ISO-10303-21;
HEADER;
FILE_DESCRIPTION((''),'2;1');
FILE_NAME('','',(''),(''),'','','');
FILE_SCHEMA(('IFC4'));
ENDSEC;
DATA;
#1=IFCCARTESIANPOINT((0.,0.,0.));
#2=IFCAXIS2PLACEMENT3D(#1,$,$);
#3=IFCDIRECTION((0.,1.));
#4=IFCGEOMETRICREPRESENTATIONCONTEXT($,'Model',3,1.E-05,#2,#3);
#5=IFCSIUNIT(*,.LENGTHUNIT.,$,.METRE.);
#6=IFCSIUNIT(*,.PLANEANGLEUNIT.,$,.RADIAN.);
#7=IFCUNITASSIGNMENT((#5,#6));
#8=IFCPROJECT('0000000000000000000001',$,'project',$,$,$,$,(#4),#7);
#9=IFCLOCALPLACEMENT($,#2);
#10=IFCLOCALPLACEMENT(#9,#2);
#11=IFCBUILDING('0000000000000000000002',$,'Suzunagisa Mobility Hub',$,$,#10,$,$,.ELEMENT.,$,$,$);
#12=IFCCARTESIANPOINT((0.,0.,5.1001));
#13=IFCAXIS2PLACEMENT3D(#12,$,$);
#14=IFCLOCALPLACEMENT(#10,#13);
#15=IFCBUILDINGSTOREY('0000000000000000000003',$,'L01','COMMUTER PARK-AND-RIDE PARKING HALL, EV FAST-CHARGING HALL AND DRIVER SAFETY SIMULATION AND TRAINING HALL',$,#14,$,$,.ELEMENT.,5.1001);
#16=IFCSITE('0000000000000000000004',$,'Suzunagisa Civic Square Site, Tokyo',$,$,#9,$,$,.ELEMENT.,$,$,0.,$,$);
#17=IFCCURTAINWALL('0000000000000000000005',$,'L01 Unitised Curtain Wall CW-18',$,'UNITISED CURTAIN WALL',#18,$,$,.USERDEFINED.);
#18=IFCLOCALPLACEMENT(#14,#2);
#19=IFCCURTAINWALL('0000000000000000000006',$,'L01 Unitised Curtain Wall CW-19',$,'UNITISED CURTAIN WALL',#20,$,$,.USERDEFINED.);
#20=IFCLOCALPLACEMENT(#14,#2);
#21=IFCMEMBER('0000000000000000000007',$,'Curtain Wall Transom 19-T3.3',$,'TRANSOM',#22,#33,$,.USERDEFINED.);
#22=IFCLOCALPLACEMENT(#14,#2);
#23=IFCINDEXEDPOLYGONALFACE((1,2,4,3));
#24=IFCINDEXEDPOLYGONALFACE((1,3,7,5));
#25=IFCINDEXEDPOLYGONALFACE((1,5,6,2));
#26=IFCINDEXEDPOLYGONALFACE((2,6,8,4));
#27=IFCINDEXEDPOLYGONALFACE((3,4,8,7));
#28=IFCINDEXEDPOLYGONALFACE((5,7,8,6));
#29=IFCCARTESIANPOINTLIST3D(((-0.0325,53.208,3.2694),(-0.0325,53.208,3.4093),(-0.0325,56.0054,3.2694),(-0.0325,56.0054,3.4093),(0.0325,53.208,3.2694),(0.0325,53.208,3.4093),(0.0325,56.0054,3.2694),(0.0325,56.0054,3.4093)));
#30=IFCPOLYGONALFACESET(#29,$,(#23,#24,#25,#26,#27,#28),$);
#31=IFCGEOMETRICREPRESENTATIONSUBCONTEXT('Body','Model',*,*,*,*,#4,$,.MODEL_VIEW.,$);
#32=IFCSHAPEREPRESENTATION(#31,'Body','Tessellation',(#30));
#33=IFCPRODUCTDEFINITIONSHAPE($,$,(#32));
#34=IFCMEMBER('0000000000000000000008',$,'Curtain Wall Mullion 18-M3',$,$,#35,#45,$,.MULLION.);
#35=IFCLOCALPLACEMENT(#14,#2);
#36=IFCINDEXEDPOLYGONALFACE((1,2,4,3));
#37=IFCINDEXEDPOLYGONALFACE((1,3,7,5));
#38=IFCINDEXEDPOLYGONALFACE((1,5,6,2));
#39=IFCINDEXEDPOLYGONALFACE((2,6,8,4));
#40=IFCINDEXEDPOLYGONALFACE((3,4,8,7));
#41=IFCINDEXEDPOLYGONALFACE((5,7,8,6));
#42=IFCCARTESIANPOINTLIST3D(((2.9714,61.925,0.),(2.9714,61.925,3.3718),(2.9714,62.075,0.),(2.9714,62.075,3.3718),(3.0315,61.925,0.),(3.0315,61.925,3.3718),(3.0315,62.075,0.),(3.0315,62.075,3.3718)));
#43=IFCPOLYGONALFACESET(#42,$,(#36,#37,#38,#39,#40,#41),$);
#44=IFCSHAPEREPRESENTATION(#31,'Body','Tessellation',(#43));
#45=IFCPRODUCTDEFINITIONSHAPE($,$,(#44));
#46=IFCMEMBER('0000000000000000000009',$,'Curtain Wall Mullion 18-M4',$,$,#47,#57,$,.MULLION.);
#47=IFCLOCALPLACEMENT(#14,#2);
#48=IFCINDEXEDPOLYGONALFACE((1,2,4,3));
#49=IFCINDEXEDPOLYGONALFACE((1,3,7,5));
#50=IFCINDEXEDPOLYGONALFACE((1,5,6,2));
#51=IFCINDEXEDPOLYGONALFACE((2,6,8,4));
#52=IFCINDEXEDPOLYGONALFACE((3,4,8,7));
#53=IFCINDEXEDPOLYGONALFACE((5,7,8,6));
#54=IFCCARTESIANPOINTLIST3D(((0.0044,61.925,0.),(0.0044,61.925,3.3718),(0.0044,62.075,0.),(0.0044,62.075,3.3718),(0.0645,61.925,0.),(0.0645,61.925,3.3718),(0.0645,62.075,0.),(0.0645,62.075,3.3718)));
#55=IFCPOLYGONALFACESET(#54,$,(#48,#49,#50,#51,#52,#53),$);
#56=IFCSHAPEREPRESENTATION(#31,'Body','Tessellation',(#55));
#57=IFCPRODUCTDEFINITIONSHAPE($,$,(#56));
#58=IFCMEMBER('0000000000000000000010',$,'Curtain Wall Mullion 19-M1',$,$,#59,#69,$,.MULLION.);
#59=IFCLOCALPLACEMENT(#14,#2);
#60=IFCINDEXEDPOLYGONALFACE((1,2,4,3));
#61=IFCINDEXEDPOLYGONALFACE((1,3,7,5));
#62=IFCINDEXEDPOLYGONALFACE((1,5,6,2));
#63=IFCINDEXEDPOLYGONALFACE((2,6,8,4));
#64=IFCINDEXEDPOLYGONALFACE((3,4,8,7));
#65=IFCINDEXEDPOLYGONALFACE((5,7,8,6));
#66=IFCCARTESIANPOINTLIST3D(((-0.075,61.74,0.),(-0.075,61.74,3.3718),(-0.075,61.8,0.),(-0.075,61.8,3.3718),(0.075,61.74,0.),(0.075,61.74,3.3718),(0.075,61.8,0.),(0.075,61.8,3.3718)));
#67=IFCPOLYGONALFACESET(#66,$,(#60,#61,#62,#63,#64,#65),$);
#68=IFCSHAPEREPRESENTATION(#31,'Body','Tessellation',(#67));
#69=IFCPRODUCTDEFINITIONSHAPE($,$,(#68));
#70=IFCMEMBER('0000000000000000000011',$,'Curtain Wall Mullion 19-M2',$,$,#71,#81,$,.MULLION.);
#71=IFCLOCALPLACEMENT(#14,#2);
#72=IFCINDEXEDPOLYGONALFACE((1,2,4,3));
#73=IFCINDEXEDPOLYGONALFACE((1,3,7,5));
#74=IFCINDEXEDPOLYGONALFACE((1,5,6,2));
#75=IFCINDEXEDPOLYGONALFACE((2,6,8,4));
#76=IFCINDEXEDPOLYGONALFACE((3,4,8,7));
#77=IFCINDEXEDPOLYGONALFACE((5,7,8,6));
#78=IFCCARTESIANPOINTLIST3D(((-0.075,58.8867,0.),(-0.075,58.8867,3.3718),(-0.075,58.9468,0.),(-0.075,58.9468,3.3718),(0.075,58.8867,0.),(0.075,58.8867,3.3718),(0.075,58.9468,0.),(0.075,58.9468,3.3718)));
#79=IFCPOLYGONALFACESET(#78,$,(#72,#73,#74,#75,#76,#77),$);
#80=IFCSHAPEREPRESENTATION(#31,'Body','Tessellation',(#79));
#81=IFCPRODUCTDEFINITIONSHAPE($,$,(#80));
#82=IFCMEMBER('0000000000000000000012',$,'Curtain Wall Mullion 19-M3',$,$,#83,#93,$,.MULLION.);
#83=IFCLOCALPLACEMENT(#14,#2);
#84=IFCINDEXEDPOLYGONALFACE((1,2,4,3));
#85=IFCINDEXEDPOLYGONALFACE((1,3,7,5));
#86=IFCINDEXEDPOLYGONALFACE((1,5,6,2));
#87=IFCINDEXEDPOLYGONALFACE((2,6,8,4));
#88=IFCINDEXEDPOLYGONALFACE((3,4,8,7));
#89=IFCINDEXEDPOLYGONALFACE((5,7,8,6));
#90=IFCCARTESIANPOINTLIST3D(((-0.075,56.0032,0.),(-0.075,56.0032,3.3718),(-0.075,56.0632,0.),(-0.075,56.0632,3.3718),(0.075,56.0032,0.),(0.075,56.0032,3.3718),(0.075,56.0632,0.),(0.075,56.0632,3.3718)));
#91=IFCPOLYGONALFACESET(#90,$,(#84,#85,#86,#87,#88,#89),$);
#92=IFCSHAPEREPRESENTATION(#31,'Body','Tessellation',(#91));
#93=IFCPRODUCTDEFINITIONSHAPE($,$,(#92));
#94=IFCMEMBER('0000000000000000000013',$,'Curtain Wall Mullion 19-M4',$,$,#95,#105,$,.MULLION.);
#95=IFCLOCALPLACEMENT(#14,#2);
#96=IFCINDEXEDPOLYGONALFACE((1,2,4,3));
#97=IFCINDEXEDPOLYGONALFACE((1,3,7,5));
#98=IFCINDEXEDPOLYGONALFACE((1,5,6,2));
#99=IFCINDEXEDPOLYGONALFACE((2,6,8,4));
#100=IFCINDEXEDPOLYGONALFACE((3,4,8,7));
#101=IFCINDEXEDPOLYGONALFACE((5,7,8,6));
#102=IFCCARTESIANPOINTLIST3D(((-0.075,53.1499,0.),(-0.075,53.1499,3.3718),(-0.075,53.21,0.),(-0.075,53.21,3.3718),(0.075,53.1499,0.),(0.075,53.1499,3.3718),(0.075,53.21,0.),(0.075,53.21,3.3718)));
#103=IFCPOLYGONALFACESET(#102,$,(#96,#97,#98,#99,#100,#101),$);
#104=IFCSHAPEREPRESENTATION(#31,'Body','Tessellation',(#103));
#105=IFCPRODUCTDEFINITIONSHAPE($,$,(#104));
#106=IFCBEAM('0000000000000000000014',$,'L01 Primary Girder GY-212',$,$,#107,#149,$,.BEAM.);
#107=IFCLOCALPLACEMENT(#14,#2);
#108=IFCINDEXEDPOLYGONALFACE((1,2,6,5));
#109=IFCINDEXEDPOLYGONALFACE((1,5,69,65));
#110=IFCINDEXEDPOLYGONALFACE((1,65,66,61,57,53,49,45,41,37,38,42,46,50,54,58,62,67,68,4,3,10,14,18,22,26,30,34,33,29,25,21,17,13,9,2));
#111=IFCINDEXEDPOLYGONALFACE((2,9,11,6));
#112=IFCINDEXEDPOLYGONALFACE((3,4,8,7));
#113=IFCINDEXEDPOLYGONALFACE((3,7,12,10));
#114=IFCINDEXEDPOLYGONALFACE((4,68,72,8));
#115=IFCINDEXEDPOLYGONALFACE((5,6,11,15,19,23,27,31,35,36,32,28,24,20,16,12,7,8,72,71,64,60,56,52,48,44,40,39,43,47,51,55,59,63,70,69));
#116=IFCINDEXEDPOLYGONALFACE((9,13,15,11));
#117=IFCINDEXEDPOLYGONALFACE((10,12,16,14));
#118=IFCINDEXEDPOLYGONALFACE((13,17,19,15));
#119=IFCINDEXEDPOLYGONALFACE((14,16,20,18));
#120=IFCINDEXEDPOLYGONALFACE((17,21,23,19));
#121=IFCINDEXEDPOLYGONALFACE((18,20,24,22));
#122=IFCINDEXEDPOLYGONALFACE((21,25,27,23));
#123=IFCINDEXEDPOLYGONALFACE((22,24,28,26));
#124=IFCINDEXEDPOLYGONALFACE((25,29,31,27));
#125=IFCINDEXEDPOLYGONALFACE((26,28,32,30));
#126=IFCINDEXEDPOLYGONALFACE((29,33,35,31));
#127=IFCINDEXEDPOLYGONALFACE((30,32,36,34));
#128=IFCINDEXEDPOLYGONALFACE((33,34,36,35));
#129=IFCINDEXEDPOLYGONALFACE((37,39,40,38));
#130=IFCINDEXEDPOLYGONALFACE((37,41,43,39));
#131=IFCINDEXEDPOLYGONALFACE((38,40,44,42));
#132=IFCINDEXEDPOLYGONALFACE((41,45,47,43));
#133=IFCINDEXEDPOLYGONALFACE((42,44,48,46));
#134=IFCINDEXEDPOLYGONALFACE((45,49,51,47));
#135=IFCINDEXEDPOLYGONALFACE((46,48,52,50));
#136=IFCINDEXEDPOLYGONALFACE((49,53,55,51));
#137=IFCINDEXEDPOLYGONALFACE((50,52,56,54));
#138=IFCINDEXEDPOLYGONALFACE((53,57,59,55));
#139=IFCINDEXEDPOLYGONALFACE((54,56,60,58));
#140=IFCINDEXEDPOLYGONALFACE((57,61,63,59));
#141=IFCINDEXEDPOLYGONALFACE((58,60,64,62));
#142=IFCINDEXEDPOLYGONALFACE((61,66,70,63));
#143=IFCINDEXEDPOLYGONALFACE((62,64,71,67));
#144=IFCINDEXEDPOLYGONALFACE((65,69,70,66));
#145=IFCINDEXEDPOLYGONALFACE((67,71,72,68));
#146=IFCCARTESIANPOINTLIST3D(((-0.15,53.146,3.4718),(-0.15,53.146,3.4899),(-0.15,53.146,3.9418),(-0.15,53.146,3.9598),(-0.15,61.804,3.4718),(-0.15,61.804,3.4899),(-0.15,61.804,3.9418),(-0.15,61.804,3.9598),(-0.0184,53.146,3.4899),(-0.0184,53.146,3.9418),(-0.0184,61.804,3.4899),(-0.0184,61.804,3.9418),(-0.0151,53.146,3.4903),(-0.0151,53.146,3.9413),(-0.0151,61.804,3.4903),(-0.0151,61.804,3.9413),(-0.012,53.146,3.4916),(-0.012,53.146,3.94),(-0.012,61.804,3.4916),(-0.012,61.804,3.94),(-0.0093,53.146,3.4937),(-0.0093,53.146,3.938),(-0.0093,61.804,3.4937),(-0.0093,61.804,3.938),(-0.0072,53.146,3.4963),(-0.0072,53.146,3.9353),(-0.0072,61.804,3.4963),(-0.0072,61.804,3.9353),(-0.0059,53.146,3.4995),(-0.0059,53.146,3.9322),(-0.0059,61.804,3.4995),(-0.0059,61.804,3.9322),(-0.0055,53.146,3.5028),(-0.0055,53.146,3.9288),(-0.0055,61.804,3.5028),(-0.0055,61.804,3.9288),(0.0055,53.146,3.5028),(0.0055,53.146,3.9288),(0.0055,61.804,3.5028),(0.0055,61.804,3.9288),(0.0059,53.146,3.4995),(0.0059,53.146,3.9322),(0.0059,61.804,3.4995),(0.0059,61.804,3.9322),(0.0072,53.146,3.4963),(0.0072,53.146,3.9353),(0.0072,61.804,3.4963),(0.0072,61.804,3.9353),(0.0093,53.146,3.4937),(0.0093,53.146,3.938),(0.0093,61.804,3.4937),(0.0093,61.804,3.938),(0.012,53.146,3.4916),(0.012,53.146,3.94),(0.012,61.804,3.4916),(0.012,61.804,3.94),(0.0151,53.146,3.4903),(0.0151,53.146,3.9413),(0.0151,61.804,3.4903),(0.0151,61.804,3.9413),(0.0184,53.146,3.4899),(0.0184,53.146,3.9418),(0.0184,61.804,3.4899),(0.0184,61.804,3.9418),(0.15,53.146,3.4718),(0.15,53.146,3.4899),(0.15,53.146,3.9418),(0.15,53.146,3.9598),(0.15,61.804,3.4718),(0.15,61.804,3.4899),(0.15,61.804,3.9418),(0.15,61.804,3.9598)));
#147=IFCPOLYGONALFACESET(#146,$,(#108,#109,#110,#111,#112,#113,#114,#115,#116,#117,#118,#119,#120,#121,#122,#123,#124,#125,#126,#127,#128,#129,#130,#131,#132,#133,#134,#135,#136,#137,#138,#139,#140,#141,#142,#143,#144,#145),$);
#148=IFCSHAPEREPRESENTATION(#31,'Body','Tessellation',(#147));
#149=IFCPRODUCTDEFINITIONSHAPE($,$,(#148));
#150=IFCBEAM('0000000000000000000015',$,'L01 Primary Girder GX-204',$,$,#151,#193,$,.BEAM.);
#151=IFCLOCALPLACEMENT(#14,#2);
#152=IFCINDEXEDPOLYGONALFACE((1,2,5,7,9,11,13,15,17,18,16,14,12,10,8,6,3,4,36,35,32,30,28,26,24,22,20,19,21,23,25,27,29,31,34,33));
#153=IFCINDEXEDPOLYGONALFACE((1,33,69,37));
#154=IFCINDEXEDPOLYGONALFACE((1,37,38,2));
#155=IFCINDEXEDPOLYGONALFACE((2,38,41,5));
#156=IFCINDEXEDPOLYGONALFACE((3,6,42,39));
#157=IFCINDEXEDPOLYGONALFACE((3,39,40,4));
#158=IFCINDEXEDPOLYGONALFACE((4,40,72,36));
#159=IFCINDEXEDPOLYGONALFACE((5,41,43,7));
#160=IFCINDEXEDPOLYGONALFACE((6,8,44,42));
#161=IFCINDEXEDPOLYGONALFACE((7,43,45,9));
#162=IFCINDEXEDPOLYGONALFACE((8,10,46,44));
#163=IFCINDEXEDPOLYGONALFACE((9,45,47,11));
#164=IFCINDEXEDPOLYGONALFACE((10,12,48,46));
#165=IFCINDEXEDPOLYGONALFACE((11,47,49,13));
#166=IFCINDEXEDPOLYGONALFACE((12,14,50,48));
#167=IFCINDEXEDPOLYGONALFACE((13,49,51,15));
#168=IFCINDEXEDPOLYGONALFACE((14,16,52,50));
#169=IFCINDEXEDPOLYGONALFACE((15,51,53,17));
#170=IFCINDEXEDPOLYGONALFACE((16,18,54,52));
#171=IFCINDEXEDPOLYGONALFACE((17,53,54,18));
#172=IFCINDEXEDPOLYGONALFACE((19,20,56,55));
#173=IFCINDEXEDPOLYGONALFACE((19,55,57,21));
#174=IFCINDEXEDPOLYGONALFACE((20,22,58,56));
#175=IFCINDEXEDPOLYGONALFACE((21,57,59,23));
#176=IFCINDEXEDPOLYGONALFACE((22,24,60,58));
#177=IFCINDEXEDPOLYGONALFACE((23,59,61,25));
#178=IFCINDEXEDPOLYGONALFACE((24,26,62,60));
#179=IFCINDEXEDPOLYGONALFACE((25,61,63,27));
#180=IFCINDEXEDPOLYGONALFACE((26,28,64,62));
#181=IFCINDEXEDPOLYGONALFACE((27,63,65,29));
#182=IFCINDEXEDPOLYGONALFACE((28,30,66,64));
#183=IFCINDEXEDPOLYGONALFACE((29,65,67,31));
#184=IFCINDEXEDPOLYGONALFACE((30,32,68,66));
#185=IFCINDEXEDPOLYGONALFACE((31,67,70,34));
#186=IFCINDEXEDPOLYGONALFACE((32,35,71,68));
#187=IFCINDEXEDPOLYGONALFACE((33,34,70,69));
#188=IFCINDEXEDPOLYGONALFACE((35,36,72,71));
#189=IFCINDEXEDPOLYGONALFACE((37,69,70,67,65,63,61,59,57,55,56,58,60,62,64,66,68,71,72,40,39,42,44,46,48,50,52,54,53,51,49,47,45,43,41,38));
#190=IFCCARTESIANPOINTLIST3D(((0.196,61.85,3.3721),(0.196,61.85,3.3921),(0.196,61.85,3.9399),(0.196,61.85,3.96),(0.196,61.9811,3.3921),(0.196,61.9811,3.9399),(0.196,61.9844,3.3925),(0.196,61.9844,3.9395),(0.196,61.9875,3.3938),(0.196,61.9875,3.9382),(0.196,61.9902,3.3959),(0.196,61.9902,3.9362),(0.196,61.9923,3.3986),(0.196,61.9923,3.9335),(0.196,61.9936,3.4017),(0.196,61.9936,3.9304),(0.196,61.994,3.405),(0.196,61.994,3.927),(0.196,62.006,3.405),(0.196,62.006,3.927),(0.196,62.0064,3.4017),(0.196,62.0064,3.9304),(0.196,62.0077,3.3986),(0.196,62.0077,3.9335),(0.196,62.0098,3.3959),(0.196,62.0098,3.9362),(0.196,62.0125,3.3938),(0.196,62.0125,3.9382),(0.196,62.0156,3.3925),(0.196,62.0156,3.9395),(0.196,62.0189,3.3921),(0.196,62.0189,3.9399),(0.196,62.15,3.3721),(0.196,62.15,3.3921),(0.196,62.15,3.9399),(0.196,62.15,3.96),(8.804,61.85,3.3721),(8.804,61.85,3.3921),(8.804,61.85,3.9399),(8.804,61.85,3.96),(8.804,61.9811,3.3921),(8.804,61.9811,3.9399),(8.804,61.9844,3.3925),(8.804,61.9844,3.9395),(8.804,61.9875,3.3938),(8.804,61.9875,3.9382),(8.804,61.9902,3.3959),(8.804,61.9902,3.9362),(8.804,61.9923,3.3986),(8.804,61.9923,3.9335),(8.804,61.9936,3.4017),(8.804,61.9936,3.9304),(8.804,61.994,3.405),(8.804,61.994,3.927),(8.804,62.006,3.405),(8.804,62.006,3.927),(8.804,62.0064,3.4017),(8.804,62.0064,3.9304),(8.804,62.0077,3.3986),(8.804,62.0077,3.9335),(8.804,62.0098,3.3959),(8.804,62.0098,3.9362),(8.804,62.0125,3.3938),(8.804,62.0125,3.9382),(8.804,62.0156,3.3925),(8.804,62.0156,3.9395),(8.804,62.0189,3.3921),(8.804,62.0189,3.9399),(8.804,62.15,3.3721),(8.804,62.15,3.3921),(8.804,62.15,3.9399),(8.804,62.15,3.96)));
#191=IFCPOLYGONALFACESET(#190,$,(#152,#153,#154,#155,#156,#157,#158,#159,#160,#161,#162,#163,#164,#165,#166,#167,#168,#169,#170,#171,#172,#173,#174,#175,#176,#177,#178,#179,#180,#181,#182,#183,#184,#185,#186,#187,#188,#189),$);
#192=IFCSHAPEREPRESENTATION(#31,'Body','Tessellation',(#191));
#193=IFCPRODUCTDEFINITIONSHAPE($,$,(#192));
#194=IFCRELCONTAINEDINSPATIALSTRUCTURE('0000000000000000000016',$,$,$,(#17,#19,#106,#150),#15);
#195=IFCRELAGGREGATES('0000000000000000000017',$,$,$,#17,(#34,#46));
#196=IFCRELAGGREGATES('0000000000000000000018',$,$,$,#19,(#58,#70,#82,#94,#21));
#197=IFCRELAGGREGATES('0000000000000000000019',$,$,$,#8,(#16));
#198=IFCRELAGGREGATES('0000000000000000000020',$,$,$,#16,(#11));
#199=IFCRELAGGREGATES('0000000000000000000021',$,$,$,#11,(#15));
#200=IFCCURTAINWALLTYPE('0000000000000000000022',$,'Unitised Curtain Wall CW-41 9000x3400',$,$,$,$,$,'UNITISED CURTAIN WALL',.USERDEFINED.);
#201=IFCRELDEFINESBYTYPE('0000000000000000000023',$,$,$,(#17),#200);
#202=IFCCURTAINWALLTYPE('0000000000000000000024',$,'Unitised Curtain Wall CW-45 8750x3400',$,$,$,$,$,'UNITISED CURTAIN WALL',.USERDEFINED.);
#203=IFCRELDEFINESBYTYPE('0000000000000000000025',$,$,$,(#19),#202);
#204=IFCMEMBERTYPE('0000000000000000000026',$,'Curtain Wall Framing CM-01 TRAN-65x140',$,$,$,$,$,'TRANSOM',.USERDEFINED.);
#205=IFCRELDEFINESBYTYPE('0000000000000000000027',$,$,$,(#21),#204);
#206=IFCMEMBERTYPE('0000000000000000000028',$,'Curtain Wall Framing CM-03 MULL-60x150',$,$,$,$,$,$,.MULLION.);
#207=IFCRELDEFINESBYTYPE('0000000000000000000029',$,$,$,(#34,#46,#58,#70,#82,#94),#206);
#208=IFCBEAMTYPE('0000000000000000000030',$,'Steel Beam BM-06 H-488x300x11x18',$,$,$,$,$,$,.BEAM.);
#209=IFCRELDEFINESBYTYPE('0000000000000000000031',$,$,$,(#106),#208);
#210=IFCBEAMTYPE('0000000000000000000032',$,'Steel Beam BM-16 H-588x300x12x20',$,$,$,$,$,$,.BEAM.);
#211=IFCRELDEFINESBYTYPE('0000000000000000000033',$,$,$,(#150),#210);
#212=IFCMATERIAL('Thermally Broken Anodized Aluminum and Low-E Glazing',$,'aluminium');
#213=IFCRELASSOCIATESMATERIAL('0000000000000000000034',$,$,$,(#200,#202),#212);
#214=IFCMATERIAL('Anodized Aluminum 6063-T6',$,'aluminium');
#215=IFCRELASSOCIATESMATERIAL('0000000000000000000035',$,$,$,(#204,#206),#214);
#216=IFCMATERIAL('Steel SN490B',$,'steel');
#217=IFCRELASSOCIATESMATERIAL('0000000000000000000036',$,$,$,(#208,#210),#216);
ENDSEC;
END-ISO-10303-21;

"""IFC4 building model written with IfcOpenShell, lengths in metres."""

from ifc_helpers import new_model, si_unit, direction, frame, origin, origin_2d, place, context, subcontext, project, spatial, rectangle, i_section, extrude, material, material_profile, profile_set, type_object, element, aggregate, save


model = new_model("IFC4")

# Units and contexts
model_context = context("Model", 3, precision=1e-05, world=origin(), true_north=direction((0.0, 1.0)))
body_context = subcontext(model_context, "Body", "Model", "MODEL_VIEW")
ifc_project = project(units=[si_unit("LENGTHUNIT", "METRE"), si_unit("PLANEANGLEUNIT", "RADIAN")], contexts=[model_context])

# Site, building, storey
site_placement = place(None, origin())
site = spatial("IfcSite", under=ifc_project, at=site_placement, Name="Suzunagisa Civic Square Site, Tokyo", CompositionType="ELEMENT", RefElevation=0.0)
building_placement = place(site_placement, origin())
building = spatial("IfcBuilding", under=site, at=building_placement, Name="Suzunagisa Mobility Hub", CompositionType="ELEMENT")
storey_placement = place(building_placement, frame((0.0, 0.0, 5.1001)))
storey = spatial("IfcBuildingStorey", under=building, at=storey_placement, Name="L01", Description="COMMUTER PARK-AND-RIDE PARKING HALL, EV FAST-CHARGING HALL AND DRIVER SAFETY SIMULATION AND TRAINING HALL", CompositionType="ELEMENT", Elevation=5.1001)

# Shared definitions
ifc_material_1 = material(Name="Steel SN490B", Category="steel")

# Curtain walls, member
ifc_material_2 = material(Name="Thermally Broken Anodized Aluminum and Low-E Glazing", Category="aluminium")
curtain_wall_type_1 = type_object("IfcCurtainWallType", Name="Unitised Curtain Wall CW-41 9000x3400", ElementType="UNITISED CURTAIN WALL", PredefinedType="USERDEFINED", material=ifc_material_2)
curtain_wall_1_placement = place(storey_placement, origin())
curtain_wall_1 = element("IfcCurtainWall", 1, at=curtain_wall_1_placement, inside=storey, type_object=curtain_wall_type_1, Name="L01 Unitised Curtain Wall CW-18", ObjectType="UNITISED CURTAIN WALL", PredefinedType="USERDEFINED")
ifc_material_3 = material(Name="Anodized Aluminum 6063-T6", Category="aluminium")
ifc_material_profile_1 = material_profile(ifc_material_3, rectangle(XDim=0.0649, YDim=0.1399, at=origin_2d()), Name="TRAN-65x140")
ifc_profile_set_1 = profile_set([ifc_material_profile_1], Name="Anodized Aluminum 6063-T6")
member_type_1 = type_object("IfcMemberType", Name="Curtain Wall Framing CM-01 TRAN-65x140", ElementType="TRANSOM", PredefinedType="USERDEFINED", material=ifc_profile_set_1)
curtain_wall_type_2 = type_object("IfcCurtainWallType", Name="Unitised Curtain Wall CW-45 8750x3400", ElementType="UNITISED CURTAIN WALL", PredefinedType="USERDEFINED", material=ifc_material_2)
curtain_wall_2_placement = place(storey_placement, origin())
curtain_wall_2 = element("IfcCurtainWall", 2, at=curtain_wall_2_placement, inside=storey, type_object=curtain_wall_type_2, Name="L01 Unitised Curtain Wall CW-19", ObjectType="UNITISED CURTAIN WALL", PredefinedType="USERDEFINED")
member_1_placement = place(storey_placement, frame((0.0, 56.0054, 3.3394), z_axis=(0.0, -1.0, 0.0), x_axis=(1.0, 0.0, 0.0)))
member_1 = element("IfcMember", 3, at=member_1_placement, type_object=member_type_1, Name="Curtain Wall Transom 19-T3.3", ObjectType="TRANSOM", PredefinedType="USERDEFINED", context=body_context, shape_type="SweptSolid", body=[
    extrude(rectangle(XDim=0.0649, YDim=0.1399, at=origin_2d()), origin(), (0.0, 0.0, 1.0), 2.7974),
])

# Members
ifc_material_profile_2 = material_profile(ifc_material_3, rectangle(XDim=0.0601, YDim=0.1499, at=origin_2d()), Name="MULL-60x150")
ifc_profile_set_2 = profile_set([ifc_material_profile_2], Name="Anodized Aluminum 6063-T6")
member_type_2 = type_object("IfcMemberType", Name="Curtain Wall Framing CM-03 MULL-60x150", PredefinedType="MULLION", material=ifc_profile_set_2)
member_2_placement = place(storey_placement, frame((3.0015, 62.0, 0.0), z_axis=(0.0, 0.0, 1.0), x_axis=(-1.0, 0.0, 0.0)))
member_2 = element("IfcMember", 4, at=member_2_placement, type_object=member_type_2, Name="Curtain Wall Mullion 18-M3", PredefinedType="MULLION", context=body_context, shape_type="SweptSolid", body=[
    extrude(rectangle(XDim=0.0601, YDim=0.1499, at=origin_2d()), origin(), (0.0, 0.0, 1.0), 3.3718),
])
member_3_placement = place(storey_placement, frame((0.0344, 62.0, 0.0), z_axis=(0.0, 0.0, 1.0), x_axis=(-1.0, 0.0, 0.0)))
member_3 = element("IfcMember", 5, at=member_3_placement, type_object=member_type_2, Name="Curtain Wall Mullion 18-M4", PredefinedType="MULLION", context=body_context, shape_type="SweptSolid", body=[
    extrude(rectangle(XDim=0.0601, YDim=0.1499, at=origin_2d()), origin(), (0.0, 0.0, 1.0), 3.3718),
])
member_4_placement = place(storey_placement, frame((0.0, 61.77, 0.0), z_axis=(0.0, 0.0, 1.0), x_axis=(0.0, -1.0, 0.0)))
member_4 = element("IfcMember", 6, at=member_4_placement, type_object=member_type_2, Name="Curtain Wall Mullion 19-M1", PredefinedType="MULLION", context=body_context, shape_type="SweptSolid", body=[
    extrude(rectangle(XDim=0.0601, YDim=0.1499, at=origin_2d()), origin(), (0.0, 0.0, 1.0), 3.3718),
])
member_5_placement = place(storey_placement, frame((0.0, 58.9167, 0.0), z_axis=(0.0, 0.0, 1.0), x_axis=(0.0, -1.0, 0.0)))
member_5 = element("IfcMember", 7, at=member_5_placement, type_object=member_type_2, Name="Curtain Wall Mullion 19-M2", PredefinedType="MULLION", context=body_context, shape_type="SweptSolid", body=[
    extrude(rectangle(XDim=0.0601, YDim=0.1499, at=origin_2d()), origin(), (0.0, 0.0, 1.0), 3.3718),
])
member_6_placement = place(storey_placement, frame((0.0, 56.0332, 0.0), z_axis=(0.0, 0.0, 1.0), x_axis=(0.0, -1.0, 0.0)))
member_6 = element("IfcMember", 8, at=member_6_placement, type_object=member_type_2, Name="Curtain Wall Mullion 19-M3", PredefinedType="MULLION", context=body_context, shape_type="SweptSolid", body=[
    extrude(rectangle(XDim=0.0601, YDim=0.1499, at=origin_2d()), origin(), (0.0, 0.0, 1.0), 3.3718),
])
member_7_placement = place(storey_placement, frame((0.0, 53.1799, 0.0), z_axis=(0.0, 0.0, 1.0), x_axis=(0.0, -1.0, 0.0)))
member_7 = element("IfcMember", 9, at=member_7_placement, type_object=member_type_2, Name="Curtain Wall Mullion 19-M4", PredefinedType="MULLION", context=body_context, shape_type="SweptSolid", body=[
    extrude(rectangle(XDim=0.0601, YDim=0.1499, at=origin_2d()), origin(), (0.0, 0.0, 1.0), 3.3718),
])

# Beams
ifc_material_profile_3 = material_profile(ifc_material_1, i_section(OverallWidth=0.3, OverallDepth=0.488, WebThickness=0.011, FlangeThickness=0.0181, FilletRadius=0.0129, at=origin_2d()), Name="H-488x300x11x18")
ifc_profile_set_3 = profile_set([ifc_material_profile_3], Name="Steel SN490B")
beam_type_1 = type_object("IfcBeamType", Name="Steel Beam BM-06 H-488x300x11x18", PredefinedType="BEAM", material=ifc_profile_set_3)
beam_1_placement = place(storey_placement, frame((0.0, 53.146, 3.7158), z_axis=(0.0, 1.0, 0.0), x_axis=(-1.0, 0.0, 0.0)))
element("IfcBeam", 10, at=beam_1_placement, inside=storey, type_object=beam_type_1, Name="L01 Primary Girder GY-212", PredefinedType="BEAM", context=body_context, shape_type="SweptSolid", body=[
    extrude(i_section(OverallWidth=0.3, OverallDepth=0.488, WebThickness=0.011, FlangeThickness=0.0181, FilletRadius=0.0129, at=origin_2d()), origin(), (0.0, 0.0, 1.0), 8.658),
])
ifc_material_profile_4 = material_profile(ifc_material_1, i_section(OverallWidth=0.3, OverallDepth=0.5879, WebThickness=0.012, FlangeThickness=0.02, FilletRadius=0.0129, at=origin_2d()), Name="H-588x300x12x20")
ifc_profile_set_4 = profile_set([ifc_material_profile_4], Name="Steel SN490B")
beam_type_2 = type_object("IfcBeamType", Name="Steel Beam BM-16 H-588x300x12x20", PredefinedType="BEAM", material=ifc_profile_set_4)
beam_2_placement = place(storey_placement, frame((0.196, 62.0, 3.666), z_axis=(1.0, 0.0, 0.0), x_axis=(0.0, 1.0, 0.0)))
element("IfcBeam", 11, at=beam_2_placement, inside=storey, type_object=beam_type_2, Name="L01 Primary Girder GX-204", PredefinedType="BEAM", context=body_context, shape_type="SweptSolid", body=[
    extrude(i_section(OverallWidth=0.3, OverallDepth=0.5879, WebThickness=0.012, FlangeThickness=0.02, FilletRadius=0.0129, at=origin_2d()), origin(), (0.0, 0.0, 1.0), 8.6079),
])

aggregate(curtain_wall_1, [member_2, member_3])
aggregate(curtain_wall_2, [member_4, member_5, member_6, member_7, member_1])

save(model, "model.ifc")
